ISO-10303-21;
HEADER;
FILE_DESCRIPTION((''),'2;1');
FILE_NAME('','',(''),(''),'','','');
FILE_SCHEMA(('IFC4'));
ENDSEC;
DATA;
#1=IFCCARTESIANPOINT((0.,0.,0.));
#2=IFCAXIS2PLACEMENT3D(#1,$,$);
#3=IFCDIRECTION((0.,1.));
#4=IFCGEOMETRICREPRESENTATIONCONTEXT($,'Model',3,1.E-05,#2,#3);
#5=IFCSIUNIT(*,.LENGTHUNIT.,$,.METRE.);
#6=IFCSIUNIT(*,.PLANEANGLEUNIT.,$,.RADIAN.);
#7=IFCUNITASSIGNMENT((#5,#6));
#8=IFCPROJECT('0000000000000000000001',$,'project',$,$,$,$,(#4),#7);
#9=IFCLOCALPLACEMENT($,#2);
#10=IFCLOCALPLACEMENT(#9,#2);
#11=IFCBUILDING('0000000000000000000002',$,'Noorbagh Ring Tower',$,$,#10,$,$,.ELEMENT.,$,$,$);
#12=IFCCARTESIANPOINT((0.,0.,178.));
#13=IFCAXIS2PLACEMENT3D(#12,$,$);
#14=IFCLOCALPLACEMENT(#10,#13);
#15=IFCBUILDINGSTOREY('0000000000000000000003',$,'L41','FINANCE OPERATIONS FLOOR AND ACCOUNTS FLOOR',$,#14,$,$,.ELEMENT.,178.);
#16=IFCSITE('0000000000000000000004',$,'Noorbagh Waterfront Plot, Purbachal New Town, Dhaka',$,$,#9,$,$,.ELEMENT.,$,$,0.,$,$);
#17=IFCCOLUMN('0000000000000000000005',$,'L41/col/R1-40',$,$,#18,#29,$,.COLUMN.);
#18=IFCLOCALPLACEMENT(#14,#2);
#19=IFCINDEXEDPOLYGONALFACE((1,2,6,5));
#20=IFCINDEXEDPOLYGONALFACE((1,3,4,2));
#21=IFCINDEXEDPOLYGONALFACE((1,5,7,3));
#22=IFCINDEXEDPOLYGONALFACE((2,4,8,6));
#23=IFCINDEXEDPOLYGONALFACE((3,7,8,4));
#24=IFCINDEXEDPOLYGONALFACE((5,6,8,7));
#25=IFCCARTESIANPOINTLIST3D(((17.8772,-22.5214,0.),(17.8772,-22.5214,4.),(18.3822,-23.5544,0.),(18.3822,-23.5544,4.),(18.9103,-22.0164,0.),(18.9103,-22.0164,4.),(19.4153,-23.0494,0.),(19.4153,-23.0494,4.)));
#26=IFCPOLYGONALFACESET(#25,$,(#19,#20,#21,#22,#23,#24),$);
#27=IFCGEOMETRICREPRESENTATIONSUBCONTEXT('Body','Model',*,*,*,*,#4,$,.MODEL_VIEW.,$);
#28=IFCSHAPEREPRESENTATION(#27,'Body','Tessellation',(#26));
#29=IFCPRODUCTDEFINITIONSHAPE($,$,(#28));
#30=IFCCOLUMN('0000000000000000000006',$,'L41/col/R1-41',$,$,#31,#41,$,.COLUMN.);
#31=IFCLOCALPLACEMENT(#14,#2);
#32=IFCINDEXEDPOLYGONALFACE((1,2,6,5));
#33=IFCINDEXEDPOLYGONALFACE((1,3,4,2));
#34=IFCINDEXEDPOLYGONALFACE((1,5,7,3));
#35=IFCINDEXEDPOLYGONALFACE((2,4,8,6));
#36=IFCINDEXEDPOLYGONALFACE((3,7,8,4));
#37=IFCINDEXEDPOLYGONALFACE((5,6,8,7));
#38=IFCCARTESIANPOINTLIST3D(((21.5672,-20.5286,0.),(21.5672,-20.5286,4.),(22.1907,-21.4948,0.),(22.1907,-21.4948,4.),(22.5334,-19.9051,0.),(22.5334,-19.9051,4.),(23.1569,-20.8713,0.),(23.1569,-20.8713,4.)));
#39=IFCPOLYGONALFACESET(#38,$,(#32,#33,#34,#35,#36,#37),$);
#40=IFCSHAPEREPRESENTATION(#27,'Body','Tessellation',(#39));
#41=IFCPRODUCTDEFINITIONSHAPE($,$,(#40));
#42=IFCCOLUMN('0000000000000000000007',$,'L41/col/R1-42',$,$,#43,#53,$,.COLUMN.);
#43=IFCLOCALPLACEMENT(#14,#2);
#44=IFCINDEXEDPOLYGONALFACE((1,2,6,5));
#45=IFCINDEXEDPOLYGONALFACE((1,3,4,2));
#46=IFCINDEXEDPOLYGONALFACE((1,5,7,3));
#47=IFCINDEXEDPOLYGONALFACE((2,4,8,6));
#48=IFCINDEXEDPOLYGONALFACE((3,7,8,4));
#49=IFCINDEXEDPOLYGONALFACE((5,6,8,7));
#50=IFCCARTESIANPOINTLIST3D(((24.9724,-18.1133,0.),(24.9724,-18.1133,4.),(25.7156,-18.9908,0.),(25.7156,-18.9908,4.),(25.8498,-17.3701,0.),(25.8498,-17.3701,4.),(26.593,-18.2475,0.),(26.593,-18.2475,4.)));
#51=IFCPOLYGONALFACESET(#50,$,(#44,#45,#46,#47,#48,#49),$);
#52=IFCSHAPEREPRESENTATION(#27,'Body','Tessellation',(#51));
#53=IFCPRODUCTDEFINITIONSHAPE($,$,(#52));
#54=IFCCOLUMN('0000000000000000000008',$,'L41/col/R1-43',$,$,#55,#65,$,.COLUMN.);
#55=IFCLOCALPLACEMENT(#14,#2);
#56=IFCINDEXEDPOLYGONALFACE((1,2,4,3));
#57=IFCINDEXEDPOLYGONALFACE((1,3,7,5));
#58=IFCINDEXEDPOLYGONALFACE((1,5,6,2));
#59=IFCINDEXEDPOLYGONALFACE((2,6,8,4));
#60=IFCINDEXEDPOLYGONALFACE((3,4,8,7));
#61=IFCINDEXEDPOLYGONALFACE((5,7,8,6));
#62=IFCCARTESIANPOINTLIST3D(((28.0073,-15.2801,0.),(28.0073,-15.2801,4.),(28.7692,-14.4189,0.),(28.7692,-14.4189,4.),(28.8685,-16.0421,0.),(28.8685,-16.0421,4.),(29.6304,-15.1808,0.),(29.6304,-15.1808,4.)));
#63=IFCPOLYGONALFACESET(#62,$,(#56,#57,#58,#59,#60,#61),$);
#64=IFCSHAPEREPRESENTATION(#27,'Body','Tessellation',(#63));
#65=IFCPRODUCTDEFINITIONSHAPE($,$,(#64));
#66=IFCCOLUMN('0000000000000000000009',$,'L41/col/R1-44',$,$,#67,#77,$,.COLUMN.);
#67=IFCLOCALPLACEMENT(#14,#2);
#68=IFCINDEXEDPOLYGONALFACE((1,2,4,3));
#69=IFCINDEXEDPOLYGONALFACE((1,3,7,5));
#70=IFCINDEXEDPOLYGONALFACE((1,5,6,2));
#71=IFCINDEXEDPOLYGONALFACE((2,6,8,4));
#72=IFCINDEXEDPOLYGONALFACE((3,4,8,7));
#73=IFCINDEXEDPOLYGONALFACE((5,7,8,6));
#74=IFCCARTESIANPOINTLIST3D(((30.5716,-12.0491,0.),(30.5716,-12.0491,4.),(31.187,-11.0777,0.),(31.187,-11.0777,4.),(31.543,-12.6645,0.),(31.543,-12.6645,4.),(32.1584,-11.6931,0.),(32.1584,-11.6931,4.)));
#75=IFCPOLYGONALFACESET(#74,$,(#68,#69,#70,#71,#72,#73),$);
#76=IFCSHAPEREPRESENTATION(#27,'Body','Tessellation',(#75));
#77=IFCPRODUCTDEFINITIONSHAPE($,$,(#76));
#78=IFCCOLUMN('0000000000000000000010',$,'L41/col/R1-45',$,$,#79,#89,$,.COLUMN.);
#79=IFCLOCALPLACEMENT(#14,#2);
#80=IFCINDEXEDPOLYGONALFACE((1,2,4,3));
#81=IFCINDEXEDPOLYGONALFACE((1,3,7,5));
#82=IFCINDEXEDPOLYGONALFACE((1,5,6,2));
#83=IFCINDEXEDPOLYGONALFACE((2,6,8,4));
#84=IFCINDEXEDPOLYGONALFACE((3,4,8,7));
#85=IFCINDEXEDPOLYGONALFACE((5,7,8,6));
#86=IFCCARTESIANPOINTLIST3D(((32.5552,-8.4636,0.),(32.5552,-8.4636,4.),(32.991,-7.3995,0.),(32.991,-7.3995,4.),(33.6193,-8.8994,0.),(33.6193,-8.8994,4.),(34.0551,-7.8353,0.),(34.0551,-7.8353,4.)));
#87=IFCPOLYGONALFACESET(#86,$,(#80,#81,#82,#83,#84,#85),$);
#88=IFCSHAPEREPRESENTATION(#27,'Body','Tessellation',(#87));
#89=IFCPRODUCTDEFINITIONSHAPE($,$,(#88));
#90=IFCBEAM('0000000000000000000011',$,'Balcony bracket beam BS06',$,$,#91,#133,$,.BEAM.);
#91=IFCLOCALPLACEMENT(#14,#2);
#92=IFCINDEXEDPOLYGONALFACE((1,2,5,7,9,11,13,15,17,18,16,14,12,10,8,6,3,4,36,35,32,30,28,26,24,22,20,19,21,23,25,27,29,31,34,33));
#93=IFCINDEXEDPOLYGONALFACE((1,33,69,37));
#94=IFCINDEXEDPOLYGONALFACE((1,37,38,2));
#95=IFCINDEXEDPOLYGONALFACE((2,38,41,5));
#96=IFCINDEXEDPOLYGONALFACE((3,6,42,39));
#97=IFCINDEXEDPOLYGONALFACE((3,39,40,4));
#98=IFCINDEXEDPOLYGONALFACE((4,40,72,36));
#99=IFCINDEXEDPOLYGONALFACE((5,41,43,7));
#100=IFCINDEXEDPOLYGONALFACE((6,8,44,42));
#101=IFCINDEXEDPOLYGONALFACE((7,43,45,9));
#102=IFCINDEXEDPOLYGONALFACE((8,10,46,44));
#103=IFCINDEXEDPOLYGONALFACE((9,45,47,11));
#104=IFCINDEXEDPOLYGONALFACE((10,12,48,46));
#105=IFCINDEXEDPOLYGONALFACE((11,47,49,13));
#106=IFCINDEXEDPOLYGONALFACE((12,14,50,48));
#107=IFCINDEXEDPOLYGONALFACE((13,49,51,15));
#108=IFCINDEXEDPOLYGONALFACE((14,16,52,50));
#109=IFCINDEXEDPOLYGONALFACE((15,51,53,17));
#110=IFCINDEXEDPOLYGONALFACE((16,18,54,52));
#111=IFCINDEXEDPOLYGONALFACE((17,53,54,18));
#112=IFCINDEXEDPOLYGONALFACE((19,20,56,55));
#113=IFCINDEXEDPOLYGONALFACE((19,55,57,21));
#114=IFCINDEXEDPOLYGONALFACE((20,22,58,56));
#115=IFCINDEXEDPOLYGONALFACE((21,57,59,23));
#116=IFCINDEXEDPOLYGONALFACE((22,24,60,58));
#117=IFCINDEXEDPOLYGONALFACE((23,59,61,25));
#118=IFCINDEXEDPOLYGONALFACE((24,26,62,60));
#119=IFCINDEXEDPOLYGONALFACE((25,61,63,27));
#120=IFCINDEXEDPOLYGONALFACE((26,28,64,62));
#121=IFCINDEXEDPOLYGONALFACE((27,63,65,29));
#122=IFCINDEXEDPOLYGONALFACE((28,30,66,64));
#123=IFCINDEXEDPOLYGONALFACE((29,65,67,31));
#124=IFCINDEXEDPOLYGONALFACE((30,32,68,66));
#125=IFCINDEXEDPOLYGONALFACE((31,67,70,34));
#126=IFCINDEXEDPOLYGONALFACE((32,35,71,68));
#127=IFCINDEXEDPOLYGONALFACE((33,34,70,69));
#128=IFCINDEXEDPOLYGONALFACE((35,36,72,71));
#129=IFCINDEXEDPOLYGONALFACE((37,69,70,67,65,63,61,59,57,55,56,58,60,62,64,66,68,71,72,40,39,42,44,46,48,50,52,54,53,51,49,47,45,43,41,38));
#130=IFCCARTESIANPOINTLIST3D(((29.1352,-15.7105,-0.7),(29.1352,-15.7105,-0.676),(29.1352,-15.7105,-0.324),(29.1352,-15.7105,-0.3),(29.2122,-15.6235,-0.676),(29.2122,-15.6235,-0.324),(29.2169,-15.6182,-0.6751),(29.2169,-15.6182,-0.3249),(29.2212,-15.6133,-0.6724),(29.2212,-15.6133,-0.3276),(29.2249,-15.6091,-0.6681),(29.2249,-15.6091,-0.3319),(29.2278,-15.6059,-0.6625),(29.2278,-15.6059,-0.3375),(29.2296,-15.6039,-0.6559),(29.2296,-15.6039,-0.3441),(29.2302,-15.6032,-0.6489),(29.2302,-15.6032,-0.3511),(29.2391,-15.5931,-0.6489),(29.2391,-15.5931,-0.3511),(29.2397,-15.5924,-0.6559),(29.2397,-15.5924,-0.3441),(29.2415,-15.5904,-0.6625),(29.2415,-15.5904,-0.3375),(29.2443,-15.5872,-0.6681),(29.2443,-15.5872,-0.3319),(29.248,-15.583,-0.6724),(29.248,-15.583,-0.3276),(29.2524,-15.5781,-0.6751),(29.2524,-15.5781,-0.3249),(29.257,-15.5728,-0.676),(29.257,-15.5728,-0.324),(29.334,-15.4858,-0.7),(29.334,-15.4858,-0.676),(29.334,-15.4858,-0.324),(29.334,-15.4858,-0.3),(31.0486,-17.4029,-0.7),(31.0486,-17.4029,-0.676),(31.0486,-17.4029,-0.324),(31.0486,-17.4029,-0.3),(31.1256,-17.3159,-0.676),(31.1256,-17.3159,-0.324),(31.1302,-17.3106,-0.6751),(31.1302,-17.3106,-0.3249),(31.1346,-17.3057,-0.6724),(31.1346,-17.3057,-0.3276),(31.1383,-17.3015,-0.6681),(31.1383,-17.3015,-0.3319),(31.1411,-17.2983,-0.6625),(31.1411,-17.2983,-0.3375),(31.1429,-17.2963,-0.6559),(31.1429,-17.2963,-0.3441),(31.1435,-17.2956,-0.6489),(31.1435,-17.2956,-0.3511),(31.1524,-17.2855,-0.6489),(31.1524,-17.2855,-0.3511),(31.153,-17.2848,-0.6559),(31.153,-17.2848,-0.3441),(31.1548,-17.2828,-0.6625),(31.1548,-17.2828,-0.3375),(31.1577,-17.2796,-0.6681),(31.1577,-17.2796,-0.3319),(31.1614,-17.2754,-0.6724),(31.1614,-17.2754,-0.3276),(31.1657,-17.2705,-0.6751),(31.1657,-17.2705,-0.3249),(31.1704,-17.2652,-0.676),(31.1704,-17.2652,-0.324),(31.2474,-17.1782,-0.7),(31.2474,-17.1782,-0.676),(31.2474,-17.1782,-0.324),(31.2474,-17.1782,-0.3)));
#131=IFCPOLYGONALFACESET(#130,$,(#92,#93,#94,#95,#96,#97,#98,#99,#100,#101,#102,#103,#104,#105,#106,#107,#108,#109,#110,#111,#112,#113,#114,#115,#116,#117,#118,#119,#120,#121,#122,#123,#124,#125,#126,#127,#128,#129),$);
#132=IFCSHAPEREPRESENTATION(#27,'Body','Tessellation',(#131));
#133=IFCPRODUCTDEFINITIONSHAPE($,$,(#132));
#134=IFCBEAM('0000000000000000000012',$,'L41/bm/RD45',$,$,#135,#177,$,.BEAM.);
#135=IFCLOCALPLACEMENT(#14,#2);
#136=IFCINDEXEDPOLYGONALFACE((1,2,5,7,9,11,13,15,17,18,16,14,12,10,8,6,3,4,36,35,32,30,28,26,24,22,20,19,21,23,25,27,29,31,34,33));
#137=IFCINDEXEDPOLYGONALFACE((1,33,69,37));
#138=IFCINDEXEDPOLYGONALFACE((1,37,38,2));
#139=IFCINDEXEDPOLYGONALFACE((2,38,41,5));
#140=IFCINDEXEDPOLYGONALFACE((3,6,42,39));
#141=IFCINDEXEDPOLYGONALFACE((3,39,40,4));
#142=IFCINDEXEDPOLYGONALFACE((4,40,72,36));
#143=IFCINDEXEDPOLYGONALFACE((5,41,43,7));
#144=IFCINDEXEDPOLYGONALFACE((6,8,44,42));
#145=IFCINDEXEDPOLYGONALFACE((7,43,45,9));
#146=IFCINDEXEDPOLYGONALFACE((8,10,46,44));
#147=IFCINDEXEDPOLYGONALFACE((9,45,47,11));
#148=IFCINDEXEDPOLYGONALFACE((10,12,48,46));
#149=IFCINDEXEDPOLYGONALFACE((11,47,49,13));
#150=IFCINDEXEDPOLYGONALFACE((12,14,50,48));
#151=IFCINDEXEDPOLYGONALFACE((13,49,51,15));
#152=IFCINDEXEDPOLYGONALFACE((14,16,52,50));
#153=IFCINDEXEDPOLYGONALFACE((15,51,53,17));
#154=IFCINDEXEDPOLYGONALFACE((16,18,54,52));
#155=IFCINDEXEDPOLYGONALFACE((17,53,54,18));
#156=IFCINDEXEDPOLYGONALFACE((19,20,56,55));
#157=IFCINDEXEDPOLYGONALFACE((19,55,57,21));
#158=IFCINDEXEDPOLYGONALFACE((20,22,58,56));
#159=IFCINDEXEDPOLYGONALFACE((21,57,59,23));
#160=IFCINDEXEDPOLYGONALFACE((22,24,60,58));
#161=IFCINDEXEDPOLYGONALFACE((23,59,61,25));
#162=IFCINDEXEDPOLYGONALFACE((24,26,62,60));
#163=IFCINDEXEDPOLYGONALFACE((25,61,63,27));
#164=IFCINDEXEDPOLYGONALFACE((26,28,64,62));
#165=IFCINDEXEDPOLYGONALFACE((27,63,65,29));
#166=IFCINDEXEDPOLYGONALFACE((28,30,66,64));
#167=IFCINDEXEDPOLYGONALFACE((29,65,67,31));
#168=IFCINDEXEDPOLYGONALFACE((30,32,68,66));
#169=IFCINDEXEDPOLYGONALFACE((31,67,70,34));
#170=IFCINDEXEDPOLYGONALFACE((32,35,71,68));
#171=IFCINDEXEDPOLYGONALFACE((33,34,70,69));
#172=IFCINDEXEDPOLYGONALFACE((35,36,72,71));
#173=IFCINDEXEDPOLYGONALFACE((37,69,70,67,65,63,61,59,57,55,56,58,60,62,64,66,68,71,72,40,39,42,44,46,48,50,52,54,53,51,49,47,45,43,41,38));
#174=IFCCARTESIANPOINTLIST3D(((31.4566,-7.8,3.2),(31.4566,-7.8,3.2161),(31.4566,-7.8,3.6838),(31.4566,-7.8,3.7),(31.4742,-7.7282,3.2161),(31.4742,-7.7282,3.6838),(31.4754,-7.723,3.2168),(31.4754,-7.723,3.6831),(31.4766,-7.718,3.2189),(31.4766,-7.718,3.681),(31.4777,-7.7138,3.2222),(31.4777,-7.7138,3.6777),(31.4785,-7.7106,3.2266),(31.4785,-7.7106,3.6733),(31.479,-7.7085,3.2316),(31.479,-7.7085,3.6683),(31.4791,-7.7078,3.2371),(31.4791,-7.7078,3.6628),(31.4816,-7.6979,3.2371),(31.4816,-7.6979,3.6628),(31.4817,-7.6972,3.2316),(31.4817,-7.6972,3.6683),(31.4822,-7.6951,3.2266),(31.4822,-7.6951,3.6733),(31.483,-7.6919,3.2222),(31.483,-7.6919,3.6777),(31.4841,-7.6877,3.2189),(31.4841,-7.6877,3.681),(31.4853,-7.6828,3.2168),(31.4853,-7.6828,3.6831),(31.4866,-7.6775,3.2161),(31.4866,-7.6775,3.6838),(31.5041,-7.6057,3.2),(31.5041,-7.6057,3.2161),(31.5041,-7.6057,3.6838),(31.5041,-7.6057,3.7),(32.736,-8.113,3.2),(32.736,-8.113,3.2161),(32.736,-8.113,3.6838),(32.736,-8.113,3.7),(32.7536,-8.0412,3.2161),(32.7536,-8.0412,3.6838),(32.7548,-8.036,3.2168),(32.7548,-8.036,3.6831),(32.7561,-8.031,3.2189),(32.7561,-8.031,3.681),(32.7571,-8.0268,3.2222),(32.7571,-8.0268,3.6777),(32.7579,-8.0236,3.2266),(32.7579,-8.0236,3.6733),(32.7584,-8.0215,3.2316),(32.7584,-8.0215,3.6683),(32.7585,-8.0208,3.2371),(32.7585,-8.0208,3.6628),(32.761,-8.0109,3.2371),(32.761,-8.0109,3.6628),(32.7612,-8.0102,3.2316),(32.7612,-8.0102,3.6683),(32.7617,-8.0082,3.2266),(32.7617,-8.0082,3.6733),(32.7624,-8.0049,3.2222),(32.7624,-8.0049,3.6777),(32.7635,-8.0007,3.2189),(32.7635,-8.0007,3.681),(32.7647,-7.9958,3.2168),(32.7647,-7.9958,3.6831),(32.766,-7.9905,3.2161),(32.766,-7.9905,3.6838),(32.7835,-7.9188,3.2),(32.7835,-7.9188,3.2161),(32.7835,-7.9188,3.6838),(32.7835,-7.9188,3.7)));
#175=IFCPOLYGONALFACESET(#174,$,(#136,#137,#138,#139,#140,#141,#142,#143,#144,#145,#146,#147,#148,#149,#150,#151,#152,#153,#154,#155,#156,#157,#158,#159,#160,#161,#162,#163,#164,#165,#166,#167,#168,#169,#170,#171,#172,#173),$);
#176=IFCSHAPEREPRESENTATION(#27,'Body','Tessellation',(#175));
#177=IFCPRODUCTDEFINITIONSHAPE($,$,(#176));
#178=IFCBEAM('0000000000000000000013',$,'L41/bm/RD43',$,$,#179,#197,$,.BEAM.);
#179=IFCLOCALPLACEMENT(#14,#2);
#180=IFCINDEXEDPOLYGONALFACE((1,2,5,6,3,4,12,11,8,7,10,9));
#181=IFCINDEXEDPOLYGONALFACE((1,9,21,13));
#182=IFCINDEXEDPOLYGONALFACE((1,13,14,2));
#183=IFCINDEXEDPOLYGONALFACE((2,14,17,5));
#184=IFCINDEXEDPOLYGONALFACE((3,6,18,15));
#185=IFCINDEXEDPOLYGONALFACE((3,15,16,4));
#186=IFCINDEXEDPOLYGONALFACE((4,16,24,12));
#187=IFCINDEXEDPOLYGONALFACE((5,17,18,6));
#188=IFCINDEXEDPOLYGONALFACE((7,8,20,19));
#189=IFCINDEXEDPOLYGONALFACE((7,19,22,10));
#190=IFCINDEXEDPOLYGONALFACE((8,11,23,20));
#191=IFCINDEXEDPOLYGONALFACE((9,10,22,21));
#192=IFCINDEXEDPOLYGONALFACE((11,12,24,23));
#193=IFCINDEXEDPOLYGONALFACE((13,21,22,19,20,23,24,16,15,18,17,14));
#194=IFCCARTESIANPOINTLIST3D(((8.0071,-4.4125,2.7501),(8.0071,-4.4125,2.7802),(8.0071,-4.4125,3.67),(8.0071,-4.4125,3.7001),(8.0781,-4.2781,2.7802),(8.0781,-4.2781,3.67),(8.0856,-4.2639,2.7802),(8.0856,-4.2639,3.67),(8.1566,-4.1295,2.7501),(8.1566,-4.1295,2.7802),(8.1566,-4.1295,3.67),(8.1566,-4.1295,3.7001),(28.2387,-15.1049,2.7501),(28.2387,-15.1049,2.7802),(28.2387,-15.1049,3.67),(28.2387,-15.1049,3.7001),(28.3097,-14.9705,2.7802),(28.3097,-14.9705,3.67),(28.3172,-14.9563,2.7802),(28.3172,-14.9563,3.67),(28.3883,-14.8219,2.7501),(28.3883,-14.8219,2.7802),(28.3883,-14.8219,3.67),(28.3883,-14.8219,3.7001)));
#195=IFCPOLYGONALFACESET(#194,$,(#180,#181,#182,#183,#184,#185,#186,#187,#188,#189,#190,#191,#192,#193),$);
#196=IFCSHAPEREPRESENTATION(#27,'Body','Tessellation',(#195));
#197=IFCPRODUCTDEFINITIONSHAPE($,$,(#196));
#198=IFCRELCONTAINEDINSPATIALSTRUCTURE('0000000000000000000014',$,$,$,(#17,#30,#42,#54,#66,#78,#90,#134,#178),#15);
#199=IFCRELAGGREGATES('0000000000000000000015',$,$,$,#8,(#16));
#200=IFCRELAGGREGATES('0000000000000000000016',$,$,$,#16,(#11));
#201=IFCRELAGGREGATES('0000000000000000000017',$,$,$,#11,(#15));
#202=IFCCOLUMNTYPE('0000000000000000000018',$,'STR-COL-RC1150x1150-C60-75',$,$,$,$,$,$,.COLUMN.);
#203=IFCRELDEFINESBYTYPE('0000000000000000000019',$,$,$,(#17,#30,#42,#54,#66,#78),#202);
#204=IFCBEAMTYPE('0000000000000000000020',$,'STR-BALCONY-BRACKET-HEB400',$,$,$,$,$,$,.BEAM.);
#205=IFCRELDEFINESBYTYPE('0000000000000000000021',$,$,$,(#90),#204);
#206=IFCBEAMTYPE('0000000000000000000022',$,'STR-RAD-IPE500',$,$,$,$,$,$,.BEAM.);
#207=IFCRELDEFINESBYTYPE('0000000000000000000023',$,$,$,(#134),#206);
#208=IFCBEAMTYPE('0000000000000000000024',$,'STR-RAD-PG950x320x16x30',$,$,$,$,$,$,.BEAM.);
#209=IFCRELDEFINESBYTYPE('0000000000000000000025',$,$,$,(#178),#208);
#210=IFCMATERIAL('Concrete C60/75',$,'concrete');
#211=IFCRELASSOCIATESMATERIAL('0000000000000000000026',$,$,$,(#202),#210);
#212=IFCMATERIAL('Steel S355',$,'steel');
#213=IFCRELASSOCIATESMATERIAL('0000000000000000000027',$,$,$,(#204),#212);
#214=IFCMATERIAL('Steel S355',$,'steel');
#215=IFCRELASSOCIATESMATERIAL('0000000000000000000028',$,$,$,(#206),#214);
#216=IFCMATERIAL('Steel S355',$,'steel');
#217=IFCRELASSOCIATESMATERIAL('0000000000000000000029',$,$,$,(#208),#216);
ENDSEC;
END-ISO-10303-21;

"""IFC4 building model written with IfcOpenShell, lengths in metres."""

from ifc_helpers import new_model, si_unit, direction, frame, origin, origin_2d, place, context, subcontext, project, spatial, rectangle, i_section, extrude, material, material_profile, profile_set, type_object, element, save


model = new_model("IFC4")

# Units and contexts
model_context = context("Model", 3, precision=1e-05, world=origin(), true_north=direction((0.0, 1.0)))
body_context = subcontext(model_context, "Body", "Model", "MODEL_VIEW")
ifc_project = project(units=[si_unit("LENGTHUNIT", "METRE"), si_unit("PLANEANGLEUNIT", "RADIAN")], contexts=[model_context])

# Site, building, storey
site_placement = place(None, origin())
site = spatial("IfcSite", under=ifc_project, at=site_placement, Name="Noorbagh Waterfront Plot, Purbachal New Town, Dhaka", CompositionType="ELEMENT", RefElevation=0.0)
building_placement = place(site_placement, origin())
building = spatial("IfcBuilding", under=site, at=building_placement, Name="Noorbagh Ring Tower", CompositionType="ELEMENT")
storey_placement = place(building_placement, frame((0.0, 0.0, 178.0)))
storey = spatial("IfcBuildingStorey", under=building, at=storey_placement, Name="L41", Description="FINANCE OPERATIONS FLOOR AND ACCOUNTS FLOOR", CompositionType="ELEMENT", Elevation=178.0)

# Columns
ifc_material_1 = material(Name="Concrete C60/75", Category="concrete")
ifc_material_profile_1 = material_profile(ifc_material_1, rectangle(XDim=1.1499, YDim=1.1499, at=origin_2d()), Name="RC1150x1150")
ifc_profile_set_1 = profile_set([ifc_material_profile_1], Name="Concrete C60/75")
column_type = type_object("IfcColumnType", Name="STR-COL-RC1150x1150-C60-75", PredefinedType="COLUMN", material=ifc_profile_set_1)
for number, where, z_axis, x_axis, name in (
    (1, (18.6462, -22.7854, 0.0), (0.0, 0.0, 1.0), (0.898399, 0.43918, 0.0), "L41/col/R1-40"),
    (2, (22.3621, -20.7, 0.0), (0.0, 0.0, 1.0), (0.840248, 0.542203, 0.0), "L41/col/R1-41"),
    (3, (25.7827, -18.1804, 0.0), (0.0, 0.0, 1.0), (0.763035, 0.646357, 0.0), "L41/col/R1-42"),
    (4, (28.8188, -15.2305, 0.0), (0.0, 0.0, 1.0), (0.662636, 0.748942, 0.0), "L41/col/R1-43"),
    (5, (31.365, -11.8711, 0.0), (0.0, 0.0, 1.0), (0.53519, 0.844731, 0.0), "L41/col/R1-44"),
    (6, (33.3052, -8.1494, 0.0), (0.0, 0.0, 1.0), (0.378989, 0.925401, 0.0), "L41/col/R1-45"),
):
    element("IfcColumn", number, at=place(storey_placement, frame(where, z_axis=z_axis, x_axis=x_axis)), inside=storey, type_object=column_type, Name=name, PredefinedType="COLUMN", context=body_context, shape_type="SweptSolid", body=[
        extrude(rectangle(XDim=1.1499, YDim=1.1499, at=origin_2d()), origin(), (0.0, 0.0, 1.0), 4.0),
    ])

# Beams
ifc_material_2 = material(Name="Steel S355", Category="steel")
ifc_material_profile_2 = material_profile(ifc_material_2, i_section(OverallWidth=0.3, OverallDepth=0.3999, WebThickness=0.0134, FlangeThickness=0.0239, FilletRadius=0.0271, at=origin_2d()), Name="HEB400")
ifc_profile_set_2 = profile_set([ifc_material_profile_2], Name="Steel S355")
beam_type_1 = type_object("IfcBeamType", Name="STR-BALCONY-BRACKET-HEB400", PredefinedType="BEAM", material=ifc_profile_set_2)
beam_1_placement = place(storey_placement, frame((29.2346, -15.5981, -0.5), z_axis=(0.749031, -0.662535, 0.0), x_axis=(0.662535, 0.749031, 0.0)))
element("IfcBeam", 7, at=beam_1_placement, inside=storey, type_object=beam_type_1, Name="Balcony bracket beam BS06", PredefinedType="BEAM", context=body_context, shape_type="SweptSolid", body=[
    extrude(i_section(OverallWidth=0.3, OverallDepth=0.3999, WebThickness=0.0134, FlangeThickness=0.0239, FilletRadius=0.0271, at=origin_2d()), origin(), (0.0, 0.0, 1.0), 2.5544),
])
ifc_material_3 = material(Name="Steel S355", Category="steel")
ifc_material_profile_3 = material_profile(ifc_material_3, i_section(OverallWidth=0.2, OverallDepth=0.5, WebThickness=0.0103, FlangeThickness=0.0161, FilletRadius=0.021, at=origin_2d()), Name="IPE500")
ifc_profile_set_3 = profile_set([ifc_material_profile_3], Name="Steel S355")
beam_type_2 = type_object("IfcBeamType", Name="STR-RAD-IPE500", PredefinedType="BEAM", material=ifc_profile_set_3)
beam_2_placement = place(storey_placement, frame((32.7598, -8.0159, 3.45), z_axis=(-0.971351, 0.237647, 0.0), x_axis=(-0.237647, -0.971351, 0.0)))
element("IfcBeam", 8, at=beam_2_placement, inside=storey, type_object=beam_type_2, Name="L41/bm/RD45", PredefinedType="BEAM", context=body_context, shape_type="SweptSolid", body=[
    extrude(i_section(OverallWidth=0.2, OverallDepth=0.5, WebThickness=0.0103, FlangeThickness=0.0161, FilletRadius=0.021, at=origin_2d()), origin(), (0.0, 0.0, 1.0), 1.3171),
])
ifc_material_4 = material(Name="Steel S355", Category="steel")
ifc_material_profile_4 = material_profile(ifc_material_4, i_section(OverallWidth=0.3201, OverallDepth=0.95, WebThickness=0.0161, FlangeThickness=0.03, at=origin_2d()), Name="PG950x320x16x30")
ifc_profile_set_4 = profile_set([ifc_material_profile_4], Name="Steel S355")
beam_type_3 = type_object("IfcBeamType", Name="STR-RAD-PG950x320x16x30", PredefinedType="BEAM", material=ifc_profile_set_4)
beam_3_placement = place(storey_placement, frame((28.3135, -14.9634, 3.2251), z_axis=(-0.884122, 0.467256, 0.0), x_axis=(-0.467256, -0.884122, 0.0)))
element("IfcBeam", 9, at=beam_3_placement, inside=storey, type_object=beam_type_3, Name="L41/bm/RD43", PredefinedType="BEAM", context=body_context, shape_type="SweptSolid", body=[
    extrude(i_section(OverallWidth=0.3201, OverallDepth=0.95, WebThickness=0.0161, FlangeThickness=0.03, at=origin_2d()), origin(), (0.0, 0.0, 1.0), 22.8833),
])

save(model, "model.ifc")
